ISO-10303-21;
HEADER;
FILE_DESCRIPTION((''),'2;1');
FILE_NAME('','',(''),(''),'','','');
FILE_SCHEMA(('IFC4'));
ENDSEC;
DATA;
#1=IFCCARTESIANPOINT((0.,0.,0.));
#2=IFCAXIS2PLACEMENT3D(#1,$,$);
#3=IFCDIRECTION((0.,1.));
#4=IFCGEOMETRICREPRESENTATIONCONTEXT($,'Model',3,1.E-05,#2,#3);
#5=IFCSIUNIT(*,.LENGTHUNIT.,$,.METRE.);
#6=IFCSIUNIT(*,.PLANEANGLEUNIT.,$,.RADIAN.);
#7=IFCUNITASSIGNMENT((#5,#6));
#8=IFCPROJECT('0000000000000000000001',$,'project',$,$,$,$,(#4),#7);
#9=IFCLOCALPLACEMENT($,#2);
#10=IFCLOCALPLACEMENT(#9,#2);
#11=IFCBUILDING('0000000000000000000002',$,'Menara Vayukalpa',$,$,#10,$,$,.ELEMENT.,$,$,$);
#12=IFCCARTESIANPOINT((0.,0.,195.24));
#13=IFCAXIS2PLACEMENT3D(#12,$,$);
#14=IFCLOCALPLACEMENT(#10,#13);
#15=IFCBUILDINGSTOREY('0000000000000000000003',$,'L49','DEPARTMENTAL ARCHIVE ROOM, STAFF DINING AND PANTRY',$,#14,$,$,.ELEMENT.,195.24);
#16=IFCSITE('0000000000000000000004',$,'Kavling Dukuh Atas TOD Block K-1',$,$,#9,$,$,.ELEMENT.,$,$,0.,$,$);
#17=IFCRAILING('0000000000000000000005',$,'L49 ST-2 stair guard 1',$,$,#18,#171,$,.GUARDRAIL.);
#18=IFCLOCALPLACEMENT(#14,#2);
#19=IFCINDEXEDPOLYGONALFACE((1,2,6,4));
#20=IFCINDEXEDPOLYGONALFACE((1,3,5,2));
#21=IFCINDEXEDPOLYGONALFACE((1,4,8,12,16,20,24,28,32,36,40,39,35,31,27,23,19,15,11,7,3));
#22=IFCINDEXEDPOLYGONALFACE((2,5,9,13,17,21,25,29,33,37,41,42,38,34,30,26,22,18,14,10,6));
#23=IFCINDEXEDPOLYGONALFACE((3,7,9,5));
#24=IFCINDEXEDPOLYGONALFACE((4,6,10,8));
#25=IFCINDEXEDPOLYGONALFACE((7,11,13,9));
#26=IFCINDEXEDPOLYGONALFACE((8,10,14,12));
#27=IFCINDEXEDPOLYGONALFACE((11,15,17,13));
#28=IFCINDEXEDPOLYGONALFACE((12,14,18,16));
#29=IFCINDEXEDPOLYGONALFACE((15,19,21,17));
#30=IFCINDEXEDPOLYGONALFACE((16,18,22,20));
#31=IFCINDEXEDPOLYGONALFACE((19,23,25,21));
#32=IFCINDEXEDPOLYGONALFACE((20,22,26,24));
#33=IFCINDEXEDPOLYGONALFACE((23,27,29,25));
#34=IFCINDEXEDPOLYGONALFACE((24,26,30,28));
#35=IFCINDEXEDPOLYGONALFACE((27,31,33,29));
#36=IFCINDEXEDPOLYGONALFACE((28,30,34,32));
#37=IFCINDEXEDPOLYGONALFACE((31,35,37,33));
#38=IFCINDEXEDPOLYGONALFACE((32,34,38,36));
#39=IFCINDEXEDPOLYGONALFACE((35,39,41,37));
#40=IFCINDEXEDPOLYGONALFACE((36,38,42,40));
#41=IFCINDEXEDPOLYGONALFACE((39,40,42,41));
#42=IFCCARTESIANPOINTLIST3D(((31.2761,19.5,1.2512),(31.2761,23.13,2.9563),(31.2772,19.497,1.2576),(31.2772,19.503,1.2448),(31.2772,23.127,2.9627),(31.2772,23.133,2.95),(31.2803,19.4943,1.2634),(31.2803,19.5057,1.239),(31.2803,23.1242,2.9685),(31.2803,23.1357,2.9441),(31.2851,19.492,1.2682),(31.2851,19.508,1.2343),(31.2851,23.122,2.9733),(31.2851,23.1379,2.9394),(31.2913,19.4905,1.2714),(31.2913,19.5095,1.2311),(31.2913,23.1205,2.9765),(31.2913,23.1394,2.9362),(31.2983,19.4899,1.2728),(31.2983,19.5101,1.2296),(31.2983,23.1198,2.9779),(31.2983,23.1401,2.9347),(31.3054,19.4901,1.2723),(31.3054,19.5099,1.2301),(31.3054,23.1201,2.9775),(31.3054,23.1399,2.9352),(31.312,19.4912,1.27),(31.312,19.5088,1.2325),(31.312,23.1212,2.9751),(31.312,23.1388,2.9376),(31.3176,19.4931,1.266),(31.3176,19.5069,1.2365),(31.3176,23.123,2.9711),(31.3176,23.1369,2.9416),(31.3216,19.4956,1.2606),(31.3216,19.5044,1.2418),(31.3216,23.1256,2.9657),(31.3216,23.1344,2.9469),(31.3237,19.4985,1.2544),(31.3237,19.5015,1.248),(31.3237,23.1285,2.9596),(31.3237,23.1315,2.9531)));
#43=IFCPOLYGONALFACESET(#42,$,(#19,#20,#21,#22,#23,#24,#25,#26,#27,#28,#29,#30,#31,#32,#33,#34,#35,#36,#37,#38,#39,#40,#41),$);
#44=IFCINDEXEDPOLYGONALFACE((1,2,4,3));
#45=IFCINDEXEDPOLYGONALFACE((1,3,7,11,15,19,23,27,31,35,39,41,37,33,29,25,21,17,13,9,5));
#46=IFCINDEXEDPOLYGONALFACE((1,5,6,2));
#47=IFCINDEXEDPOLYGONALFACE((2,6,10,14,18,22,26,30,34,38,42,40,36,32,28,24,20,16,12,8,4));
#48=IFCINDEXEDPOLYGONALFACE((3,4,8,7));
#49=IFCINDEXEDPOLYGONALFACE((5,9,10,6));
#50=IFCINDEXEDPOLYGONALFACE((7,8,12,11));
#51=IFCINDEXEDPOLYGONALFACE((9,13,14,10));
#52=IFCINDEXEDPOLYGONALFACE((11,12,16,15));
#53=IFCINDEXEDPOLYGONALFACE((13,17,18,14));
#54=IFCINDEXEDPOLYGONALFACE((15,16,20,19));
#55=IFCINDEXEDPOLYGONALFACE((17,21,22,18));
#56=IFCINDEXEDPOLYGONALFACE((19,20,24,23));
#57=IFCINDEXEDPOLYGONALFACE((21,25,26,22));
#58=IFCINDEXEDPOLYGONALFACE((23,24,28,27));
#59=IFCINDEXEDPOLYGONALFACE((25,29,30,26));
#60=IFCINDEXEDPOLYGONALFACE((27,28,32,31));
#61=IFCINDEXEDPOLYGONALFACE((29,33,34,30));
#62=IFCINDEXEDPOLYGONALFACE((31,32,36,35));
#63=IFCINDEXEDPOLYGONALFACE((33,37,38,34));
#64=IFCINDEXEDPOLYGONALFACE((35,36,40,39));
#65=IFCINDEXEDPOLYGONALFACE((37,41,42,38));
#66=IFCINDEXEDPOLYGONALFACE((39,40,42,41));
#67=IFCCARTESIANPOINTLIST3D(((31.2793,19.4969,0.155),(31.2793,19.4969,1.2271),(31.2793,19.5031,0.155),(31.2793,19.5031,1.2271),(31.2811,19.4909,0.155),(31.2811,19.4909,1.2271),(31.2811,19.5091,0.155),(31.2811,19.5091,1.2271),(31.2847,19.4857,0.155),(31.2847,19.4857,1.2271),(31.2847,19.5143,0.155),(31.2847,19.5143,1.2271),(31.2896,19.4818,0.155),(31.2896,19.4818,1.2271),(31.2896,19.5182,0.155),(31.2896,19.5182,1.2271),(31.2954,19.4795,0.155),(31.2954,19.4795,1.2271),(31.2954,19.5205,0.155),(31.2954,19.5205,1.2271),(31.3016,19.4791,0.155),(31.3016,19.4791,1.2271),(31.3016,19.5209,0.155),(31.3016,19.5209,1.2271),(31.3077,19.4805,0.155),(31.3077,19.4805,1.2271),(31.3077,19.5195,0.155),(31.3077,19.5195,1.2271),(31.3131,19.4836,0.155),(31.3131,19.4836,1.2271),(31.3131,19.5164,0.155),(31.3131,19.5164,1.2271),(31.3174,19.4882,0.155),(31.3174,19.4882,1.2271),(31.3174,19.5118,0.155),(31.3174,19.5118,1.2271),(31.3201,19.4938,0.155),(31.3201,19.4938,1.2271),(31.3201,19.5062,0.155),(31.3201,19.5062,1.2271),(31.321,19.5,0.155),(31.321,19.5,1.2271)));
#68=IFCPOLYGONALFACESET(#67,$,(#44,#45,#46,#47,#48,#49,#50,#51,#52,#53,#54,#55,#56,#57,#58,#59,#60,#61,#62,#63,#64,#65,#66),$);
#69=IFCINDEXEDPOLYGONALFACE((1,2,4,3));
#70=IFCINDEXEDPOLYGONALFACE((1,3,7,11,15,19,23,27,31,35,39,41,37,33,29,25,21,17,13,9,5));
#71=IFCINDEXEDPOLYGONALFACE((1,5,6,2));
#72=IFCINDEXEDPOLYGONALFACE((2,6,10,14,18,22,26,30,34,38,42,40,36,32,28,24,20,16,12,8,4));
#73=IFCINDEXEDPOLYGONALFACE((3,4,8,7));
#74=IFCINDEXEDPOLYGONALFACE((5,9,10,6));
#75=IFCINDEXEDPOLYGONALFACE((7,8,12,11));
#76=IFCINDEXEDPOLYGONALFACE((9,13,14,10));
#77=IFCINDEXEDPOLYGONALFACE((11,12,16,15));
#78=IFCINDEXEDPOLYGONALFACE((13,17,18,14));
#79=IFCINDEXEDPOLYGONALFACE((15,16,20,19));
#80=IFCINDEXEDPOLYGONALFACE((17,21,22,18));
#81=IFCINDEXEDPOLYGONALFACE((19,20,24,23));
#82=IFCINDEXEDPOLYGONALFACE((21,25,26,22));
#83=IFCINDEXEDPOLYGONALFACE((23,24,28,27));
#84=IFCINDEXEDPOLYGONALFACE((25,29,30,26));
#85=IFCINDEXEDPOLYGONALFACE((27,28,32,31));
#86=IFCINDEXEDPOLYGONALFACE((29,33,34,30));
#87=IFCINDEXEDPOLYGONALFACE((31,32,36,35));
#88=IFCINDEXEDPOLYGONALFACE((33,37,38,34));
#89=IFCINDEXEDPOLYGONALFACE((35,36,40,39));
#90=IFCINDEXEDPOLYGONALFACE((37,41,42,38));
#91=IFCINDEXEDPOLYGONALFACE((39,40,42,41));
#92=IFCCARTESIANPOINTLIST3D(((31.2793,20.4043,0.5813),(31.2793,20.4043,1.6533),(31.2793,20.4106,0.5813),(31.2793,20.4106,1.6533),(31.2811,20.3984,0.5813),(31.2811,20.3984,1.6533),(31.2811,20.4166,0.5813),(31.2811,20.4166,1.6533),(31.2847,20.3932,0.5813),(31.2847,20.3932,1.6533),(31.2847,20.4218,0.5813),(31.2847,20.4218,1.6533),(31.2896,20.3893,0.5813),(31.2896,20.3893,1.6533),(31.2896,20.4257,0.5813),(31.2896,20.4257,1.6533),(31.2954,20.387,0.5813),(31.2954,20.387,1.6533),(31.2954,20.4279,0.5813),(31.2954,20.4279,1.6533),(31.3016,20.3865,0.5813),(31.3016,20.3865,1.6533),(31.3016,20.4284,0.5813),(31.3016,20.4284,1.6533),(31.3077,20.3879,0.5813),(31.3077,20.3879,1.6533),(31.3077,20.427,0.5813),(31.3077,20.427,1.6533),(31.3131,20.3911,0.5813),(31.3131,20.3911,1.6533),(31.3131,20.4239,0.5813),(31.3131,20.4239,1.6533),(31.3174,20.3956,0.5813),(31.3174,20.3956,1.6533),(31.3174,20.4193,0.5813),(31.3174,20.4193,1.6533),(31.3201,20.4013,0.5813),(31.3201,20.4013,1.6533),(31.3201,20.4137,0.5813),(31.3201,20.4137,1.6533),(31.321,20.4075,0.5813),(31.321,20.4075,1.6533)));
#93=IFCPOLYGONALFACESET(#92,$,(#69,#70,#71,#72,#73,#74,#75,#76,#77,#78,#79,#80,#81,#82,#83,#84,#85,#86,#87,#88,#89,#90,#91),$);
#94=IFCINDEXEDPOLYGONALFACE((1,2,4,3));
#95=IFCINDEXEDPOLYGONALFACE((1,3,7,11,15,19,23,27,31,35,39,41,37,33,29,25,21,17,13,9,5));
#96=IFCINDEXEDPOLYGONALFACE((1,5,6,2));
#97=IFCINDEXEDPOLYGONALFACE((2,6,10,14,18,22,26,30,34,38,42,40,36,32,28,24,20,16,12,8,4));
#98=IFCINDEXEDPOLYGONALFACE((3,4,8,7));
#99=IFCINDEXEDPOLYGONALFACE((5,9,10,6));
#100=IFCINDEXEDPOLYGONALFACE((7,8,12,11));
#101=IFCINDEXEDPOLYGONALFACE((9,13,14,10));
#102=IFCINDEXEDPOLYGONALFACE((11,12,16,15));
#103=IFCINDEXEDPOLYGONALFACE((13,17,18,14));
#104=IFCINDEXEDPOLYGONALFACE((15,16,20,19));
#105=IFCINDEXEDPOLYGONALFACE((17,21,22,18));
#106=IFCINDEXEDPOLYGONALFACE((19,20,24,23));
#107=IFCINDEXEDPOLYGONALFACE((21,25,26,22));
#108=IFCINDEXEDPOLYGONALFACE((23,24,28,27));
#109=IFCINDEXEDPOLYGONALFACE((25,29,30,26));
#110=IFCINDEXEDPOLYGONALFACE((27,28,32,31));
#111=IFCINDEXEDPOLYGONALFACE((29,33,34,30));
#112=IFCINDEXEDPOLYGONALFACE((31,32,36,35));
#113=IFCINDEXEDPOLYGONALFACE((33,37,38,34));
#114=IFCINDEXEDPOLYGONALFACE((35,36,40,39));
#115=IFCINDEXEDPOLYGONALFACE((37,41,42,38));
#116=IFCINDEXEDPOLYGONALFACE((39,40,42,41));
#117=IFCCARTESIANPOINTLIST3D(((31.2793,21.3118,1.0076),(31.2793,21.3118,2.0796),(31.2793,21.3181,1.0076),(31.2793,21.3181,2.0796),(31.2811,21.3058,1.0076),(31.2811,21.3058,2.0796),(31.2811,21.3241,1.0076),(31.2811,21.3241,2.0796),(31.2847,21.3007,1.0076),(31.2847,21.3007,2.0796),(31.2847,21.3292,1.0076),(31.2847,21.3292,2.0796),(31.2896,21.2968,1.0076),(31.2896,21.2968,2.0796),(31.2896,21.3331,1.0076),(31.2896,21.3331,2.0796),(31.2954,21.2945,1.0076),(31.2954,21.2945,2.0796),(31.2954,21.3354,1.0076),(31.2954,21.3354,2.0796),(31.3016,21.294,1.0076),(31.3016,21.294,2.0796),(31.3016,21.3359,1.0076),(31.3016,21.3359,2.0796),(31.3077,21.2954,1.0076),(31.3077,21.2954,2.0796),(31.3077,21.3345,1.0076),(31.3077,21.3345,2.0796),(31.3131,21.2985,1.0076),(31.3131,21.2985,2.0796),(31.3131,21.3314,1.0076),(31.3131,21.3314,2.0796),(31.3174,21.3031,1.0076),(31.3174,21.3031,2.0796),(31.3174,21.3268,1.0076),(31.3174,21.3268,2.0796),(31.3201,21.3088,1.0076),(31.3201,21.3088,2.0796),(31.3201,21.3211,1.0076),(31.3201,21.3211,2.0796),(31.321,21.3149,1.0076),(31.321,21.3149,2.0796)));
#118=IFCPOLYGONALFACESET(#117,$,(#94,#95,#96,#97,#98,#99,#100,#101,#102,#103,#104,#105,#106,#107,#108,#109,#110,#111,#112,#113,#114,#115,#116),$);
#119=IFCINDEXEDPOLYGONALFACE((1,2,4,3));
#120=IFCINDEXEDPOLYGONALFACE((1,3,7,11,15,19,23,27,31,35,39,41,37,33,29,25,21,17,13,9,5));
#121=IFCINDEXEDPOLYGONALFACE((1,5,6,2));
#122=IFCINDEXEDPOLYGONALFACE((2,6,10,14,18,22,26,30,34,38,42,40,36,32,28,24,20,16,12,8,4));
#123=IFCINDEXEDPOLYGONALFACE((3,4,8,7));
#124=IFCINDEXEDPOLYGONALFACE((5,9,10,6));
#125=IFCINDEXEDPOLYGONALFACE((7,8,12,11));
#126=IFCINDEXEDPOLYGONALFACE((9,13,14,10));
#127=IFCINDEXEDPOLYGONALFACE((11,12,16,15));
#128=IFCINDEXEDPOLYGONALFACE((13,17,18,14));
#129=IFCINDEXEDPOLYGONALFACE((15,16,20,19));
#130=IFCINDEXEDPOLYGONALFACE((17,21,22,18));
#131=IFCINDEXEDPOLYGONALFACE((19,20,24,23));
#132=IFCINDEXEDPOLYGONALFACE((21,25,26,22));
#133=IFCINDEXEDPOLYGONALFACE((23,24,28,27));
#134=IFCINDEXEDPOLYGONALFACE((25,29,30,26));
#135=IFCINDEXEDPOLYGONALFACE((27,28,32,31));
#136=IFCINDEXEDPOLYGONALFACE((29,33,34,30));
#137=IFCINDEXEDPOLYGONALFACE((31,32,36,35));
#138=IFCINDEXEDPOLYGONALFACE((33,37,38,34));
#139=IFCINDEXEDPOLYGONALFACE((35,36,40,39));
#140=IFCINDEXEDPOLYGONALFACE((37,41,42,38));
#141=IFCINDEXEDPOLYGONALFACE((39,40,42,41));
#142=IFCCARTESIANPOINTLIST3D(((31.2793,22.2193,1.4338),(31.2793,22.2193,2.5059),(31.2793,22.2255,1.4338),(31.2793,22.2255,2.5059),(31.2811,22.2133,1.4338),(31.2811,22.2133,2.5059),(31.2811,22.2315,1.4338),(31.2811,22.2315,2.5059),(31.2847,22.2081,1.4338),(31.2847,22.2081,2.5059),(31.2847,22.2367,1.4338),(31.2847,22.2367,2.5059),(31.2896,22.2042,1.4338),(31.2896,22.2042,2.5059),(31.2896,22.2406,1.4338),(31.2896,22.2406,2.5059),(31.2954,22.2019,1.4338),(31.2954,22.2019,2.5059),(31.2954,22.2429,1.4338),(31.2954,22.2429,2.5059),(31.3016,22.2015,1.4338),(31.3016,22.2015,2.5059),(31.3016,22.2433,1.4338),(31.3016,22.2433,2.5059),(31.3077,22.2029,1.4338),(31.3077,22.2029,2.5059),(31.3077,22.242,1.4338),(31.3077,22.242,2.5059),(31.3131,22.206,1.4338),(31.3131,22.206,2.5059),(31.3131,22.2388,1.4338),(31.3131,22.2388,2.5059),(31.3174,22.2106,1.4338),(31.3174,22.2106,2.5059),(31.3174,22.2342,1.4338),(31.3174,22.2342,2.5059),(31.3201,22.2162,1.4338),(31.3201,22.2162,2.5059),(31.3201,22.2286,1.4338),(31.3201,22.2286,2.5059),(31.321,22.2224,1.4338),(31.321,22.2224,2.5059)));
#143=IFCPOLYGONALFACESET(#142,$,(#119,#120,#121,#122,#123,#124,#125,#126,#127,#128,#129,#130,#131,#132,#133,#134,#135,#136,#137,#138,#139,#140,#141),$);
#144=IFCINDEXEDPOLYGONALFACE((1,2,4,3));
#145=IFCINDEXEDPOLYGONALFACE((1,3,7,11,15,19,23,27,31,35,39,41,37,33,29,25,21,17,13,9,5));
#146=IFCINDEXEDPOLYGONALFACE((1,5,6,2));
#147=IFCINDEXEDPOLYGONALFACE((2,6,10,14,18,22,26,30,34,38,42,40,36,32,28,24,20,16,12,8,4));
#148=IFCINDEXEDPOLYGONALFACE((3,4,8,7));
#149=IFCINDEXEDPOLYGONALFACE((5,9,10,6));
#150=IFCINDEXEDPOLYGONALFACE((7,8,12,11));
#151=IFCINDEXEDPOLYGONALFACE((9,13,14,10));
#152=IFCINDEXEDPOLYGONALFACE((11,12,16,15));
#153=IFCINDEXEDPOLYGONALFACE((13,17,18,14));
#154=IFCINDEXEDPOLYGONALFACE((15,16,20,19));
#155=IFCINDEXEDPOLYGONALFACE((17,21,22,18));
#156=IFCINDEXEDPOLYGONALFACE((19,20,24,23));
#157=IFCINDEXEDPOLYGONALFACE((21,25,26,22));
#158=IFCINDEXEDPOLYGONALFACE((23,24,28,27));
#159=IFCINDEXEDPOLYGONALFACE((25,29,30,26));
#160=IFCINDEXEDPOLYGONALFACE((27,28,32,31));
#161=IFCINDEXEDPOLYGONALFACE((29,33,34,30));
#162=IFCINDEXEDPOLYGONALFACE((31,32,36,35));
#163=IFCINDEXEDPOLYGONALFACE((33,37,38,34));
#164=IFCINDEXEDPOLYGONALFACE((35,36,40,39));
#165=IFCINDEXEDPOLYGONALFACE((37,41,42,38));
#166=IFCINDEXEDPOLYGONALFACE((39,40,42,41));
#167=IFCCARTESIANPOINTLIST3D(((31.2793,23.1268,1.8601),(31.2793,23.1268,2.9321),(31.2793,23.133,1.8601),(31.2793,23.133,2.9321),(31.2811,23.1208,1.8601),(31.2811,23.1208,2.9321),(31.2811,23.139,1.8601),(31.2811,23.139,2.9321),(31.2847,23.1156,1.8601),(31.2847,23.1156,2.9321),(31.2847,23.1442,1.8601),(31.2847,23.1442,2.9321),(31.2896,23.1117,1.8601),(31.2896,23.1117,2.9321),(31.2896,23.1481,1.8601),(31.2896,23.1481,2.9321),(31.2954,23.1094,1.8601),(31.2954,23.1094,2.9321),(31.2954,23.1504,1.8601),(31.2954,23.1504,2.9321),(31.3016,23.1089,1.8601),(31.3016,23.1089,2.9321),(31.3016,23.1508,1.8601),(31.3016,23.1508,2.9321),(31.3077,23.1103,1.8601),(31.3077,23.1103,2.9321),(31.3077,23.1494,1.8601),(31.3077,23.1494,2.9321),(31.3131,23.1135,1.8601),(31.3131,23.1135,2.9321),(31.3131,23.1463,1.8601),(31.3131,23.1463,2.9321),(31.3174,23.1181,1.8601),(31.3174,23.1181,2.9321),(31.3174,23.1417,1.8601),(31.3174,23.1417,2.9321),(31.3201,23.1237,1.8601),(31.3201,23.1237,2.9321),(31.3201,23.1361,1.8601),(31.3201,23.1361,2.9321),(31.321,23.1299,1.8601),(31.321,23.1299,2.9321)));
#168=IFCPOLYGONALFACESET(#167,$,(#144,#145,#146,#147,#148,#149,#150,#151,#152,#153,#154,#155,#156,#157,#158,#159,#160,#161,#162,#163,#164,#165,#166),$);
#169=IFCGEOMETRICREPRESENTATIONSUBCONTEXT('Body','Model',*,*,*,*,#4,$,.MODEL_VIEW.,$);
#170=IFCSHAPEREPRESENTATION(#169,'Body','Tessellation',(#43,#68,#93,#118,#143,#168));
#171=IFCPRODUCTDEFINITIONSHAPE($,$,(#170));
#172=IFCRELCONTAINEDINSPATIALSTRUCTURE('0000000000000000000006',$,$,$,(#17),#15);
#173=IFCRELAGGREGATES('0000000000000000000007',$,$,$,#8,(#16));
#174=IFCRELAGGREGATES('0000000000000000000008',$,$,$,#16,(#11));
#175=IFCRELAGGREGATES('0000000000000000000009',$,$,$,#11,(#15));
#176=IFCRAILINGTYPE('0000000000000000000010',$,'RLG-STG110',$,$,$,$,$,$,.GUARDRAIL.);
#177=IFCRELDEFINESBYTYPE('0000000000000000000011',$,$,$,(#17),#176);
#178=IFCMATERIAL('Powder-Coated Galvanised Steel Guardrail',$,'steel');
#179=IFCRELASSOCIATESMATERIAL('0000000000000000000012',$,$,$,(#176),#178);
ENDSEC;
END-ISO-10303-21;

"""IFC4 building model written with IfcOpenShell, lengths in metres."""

from ifc_helpers import new_model, si_unit, direction, frame, origin, origin_2d, place, context, subcontext, project, spatial, circle, extrude, material, type_object, element, save


model = new_model("IFC4")

# Units and contexts
model_context = context("Model", 3, precision=1e-05, world=origin(), true_north=direction((0.0, 1.0)))
body_context = subcontext(model_context, "Body", "Model", "MODEL_VIEW")
ifc_project = project(units=[si_unit("LENGTHUNIT", "METRE"), si_unit("PLANEANGLEUNIT", "RADIAN")], contexts=[model_context])

# Site, building, storey
site_placement = place(None, origin())
site = spatial("IfcSite", under=ifc_project, at=site_placement, Name="Kavling Dukuh Atas TOD Block K-1", CompositionType="ELEMENT", RefElevation=0.0)
building_placement = place(site_placement, origin())
building = spatial("IfcBuilding", under=site, at=building_placement, Name="Menara Vayukalpa", CompositionType="ELEMENT")
storey_placement = place(building_placement, frame((0.0, 0.0, 195.24)))
storey = spatial("IfcBuildingStorey", under=building, at=storey_placement, Name="L49", Description="DEPARTMENTAL ARCHIVE ROOM, STAFF DINING AND PANTRY", CompositionType="ELEMENT", Elevation=195.24)

# Railing
ifc_material_1 = material(Name="Powder-Coated Galvanised Steel Guardrail", Category="steel")
railing_type_1 = type_object("IfcRailingType", Name="RLG-STG110", PredefinedType="GUARDRAIL", material=ifc_material_1)
railing_1_placement = place(storey_placement, frame((31.3, 19.5, 0.155)))
element("IfcRailing", 1, at=railing_1_placement, inside=storey, type_object=railing_type_1, Name="L49 ST-2 stair guard 1", PredefinedType="GUARDRAIL", context=body_context, shape_type="SweptSolid", body=[
    extrude(circle(Radius=0.0239, at=origin_2d()), frame((0.0, 0.0, 1.0962), z_axis=(0.0, 0.905116, 0.425164), x_axis=(-1.0, 0.0, 0.0)), (0.0, 0.0, 1.0), 4.0105),
    extrude(circle(Radius=0.021, at=origin_2d()), origin(), (0.0, 0.0, 1.0), 1.072),
    extrude(circle(Radius=0.021, at=origin_2d()), frame((0.0, 0.9075, 0.4263)), (0.0, 0.0, 1.0), 1.072),
    extrude(circle(Radius=0.021, at=origin_2d()), frame((0.0, 1.8149, 0.8525)), (0.0, 0.0, 1.0), 1.072),
    extrude(circle(Radius=0.021, at=origin_2d()), frame((0.0, 2.7224, 1.2788)), (0.0, 0.0, 1.0), 1.072),
    extrude(circle(Radius=0.021, at=origin_2d()), frame((0.0, 3.6299, 1.7051)), (0.0, 0.0, 1.0), 1.072),
])

save(model, "model.ifc")
